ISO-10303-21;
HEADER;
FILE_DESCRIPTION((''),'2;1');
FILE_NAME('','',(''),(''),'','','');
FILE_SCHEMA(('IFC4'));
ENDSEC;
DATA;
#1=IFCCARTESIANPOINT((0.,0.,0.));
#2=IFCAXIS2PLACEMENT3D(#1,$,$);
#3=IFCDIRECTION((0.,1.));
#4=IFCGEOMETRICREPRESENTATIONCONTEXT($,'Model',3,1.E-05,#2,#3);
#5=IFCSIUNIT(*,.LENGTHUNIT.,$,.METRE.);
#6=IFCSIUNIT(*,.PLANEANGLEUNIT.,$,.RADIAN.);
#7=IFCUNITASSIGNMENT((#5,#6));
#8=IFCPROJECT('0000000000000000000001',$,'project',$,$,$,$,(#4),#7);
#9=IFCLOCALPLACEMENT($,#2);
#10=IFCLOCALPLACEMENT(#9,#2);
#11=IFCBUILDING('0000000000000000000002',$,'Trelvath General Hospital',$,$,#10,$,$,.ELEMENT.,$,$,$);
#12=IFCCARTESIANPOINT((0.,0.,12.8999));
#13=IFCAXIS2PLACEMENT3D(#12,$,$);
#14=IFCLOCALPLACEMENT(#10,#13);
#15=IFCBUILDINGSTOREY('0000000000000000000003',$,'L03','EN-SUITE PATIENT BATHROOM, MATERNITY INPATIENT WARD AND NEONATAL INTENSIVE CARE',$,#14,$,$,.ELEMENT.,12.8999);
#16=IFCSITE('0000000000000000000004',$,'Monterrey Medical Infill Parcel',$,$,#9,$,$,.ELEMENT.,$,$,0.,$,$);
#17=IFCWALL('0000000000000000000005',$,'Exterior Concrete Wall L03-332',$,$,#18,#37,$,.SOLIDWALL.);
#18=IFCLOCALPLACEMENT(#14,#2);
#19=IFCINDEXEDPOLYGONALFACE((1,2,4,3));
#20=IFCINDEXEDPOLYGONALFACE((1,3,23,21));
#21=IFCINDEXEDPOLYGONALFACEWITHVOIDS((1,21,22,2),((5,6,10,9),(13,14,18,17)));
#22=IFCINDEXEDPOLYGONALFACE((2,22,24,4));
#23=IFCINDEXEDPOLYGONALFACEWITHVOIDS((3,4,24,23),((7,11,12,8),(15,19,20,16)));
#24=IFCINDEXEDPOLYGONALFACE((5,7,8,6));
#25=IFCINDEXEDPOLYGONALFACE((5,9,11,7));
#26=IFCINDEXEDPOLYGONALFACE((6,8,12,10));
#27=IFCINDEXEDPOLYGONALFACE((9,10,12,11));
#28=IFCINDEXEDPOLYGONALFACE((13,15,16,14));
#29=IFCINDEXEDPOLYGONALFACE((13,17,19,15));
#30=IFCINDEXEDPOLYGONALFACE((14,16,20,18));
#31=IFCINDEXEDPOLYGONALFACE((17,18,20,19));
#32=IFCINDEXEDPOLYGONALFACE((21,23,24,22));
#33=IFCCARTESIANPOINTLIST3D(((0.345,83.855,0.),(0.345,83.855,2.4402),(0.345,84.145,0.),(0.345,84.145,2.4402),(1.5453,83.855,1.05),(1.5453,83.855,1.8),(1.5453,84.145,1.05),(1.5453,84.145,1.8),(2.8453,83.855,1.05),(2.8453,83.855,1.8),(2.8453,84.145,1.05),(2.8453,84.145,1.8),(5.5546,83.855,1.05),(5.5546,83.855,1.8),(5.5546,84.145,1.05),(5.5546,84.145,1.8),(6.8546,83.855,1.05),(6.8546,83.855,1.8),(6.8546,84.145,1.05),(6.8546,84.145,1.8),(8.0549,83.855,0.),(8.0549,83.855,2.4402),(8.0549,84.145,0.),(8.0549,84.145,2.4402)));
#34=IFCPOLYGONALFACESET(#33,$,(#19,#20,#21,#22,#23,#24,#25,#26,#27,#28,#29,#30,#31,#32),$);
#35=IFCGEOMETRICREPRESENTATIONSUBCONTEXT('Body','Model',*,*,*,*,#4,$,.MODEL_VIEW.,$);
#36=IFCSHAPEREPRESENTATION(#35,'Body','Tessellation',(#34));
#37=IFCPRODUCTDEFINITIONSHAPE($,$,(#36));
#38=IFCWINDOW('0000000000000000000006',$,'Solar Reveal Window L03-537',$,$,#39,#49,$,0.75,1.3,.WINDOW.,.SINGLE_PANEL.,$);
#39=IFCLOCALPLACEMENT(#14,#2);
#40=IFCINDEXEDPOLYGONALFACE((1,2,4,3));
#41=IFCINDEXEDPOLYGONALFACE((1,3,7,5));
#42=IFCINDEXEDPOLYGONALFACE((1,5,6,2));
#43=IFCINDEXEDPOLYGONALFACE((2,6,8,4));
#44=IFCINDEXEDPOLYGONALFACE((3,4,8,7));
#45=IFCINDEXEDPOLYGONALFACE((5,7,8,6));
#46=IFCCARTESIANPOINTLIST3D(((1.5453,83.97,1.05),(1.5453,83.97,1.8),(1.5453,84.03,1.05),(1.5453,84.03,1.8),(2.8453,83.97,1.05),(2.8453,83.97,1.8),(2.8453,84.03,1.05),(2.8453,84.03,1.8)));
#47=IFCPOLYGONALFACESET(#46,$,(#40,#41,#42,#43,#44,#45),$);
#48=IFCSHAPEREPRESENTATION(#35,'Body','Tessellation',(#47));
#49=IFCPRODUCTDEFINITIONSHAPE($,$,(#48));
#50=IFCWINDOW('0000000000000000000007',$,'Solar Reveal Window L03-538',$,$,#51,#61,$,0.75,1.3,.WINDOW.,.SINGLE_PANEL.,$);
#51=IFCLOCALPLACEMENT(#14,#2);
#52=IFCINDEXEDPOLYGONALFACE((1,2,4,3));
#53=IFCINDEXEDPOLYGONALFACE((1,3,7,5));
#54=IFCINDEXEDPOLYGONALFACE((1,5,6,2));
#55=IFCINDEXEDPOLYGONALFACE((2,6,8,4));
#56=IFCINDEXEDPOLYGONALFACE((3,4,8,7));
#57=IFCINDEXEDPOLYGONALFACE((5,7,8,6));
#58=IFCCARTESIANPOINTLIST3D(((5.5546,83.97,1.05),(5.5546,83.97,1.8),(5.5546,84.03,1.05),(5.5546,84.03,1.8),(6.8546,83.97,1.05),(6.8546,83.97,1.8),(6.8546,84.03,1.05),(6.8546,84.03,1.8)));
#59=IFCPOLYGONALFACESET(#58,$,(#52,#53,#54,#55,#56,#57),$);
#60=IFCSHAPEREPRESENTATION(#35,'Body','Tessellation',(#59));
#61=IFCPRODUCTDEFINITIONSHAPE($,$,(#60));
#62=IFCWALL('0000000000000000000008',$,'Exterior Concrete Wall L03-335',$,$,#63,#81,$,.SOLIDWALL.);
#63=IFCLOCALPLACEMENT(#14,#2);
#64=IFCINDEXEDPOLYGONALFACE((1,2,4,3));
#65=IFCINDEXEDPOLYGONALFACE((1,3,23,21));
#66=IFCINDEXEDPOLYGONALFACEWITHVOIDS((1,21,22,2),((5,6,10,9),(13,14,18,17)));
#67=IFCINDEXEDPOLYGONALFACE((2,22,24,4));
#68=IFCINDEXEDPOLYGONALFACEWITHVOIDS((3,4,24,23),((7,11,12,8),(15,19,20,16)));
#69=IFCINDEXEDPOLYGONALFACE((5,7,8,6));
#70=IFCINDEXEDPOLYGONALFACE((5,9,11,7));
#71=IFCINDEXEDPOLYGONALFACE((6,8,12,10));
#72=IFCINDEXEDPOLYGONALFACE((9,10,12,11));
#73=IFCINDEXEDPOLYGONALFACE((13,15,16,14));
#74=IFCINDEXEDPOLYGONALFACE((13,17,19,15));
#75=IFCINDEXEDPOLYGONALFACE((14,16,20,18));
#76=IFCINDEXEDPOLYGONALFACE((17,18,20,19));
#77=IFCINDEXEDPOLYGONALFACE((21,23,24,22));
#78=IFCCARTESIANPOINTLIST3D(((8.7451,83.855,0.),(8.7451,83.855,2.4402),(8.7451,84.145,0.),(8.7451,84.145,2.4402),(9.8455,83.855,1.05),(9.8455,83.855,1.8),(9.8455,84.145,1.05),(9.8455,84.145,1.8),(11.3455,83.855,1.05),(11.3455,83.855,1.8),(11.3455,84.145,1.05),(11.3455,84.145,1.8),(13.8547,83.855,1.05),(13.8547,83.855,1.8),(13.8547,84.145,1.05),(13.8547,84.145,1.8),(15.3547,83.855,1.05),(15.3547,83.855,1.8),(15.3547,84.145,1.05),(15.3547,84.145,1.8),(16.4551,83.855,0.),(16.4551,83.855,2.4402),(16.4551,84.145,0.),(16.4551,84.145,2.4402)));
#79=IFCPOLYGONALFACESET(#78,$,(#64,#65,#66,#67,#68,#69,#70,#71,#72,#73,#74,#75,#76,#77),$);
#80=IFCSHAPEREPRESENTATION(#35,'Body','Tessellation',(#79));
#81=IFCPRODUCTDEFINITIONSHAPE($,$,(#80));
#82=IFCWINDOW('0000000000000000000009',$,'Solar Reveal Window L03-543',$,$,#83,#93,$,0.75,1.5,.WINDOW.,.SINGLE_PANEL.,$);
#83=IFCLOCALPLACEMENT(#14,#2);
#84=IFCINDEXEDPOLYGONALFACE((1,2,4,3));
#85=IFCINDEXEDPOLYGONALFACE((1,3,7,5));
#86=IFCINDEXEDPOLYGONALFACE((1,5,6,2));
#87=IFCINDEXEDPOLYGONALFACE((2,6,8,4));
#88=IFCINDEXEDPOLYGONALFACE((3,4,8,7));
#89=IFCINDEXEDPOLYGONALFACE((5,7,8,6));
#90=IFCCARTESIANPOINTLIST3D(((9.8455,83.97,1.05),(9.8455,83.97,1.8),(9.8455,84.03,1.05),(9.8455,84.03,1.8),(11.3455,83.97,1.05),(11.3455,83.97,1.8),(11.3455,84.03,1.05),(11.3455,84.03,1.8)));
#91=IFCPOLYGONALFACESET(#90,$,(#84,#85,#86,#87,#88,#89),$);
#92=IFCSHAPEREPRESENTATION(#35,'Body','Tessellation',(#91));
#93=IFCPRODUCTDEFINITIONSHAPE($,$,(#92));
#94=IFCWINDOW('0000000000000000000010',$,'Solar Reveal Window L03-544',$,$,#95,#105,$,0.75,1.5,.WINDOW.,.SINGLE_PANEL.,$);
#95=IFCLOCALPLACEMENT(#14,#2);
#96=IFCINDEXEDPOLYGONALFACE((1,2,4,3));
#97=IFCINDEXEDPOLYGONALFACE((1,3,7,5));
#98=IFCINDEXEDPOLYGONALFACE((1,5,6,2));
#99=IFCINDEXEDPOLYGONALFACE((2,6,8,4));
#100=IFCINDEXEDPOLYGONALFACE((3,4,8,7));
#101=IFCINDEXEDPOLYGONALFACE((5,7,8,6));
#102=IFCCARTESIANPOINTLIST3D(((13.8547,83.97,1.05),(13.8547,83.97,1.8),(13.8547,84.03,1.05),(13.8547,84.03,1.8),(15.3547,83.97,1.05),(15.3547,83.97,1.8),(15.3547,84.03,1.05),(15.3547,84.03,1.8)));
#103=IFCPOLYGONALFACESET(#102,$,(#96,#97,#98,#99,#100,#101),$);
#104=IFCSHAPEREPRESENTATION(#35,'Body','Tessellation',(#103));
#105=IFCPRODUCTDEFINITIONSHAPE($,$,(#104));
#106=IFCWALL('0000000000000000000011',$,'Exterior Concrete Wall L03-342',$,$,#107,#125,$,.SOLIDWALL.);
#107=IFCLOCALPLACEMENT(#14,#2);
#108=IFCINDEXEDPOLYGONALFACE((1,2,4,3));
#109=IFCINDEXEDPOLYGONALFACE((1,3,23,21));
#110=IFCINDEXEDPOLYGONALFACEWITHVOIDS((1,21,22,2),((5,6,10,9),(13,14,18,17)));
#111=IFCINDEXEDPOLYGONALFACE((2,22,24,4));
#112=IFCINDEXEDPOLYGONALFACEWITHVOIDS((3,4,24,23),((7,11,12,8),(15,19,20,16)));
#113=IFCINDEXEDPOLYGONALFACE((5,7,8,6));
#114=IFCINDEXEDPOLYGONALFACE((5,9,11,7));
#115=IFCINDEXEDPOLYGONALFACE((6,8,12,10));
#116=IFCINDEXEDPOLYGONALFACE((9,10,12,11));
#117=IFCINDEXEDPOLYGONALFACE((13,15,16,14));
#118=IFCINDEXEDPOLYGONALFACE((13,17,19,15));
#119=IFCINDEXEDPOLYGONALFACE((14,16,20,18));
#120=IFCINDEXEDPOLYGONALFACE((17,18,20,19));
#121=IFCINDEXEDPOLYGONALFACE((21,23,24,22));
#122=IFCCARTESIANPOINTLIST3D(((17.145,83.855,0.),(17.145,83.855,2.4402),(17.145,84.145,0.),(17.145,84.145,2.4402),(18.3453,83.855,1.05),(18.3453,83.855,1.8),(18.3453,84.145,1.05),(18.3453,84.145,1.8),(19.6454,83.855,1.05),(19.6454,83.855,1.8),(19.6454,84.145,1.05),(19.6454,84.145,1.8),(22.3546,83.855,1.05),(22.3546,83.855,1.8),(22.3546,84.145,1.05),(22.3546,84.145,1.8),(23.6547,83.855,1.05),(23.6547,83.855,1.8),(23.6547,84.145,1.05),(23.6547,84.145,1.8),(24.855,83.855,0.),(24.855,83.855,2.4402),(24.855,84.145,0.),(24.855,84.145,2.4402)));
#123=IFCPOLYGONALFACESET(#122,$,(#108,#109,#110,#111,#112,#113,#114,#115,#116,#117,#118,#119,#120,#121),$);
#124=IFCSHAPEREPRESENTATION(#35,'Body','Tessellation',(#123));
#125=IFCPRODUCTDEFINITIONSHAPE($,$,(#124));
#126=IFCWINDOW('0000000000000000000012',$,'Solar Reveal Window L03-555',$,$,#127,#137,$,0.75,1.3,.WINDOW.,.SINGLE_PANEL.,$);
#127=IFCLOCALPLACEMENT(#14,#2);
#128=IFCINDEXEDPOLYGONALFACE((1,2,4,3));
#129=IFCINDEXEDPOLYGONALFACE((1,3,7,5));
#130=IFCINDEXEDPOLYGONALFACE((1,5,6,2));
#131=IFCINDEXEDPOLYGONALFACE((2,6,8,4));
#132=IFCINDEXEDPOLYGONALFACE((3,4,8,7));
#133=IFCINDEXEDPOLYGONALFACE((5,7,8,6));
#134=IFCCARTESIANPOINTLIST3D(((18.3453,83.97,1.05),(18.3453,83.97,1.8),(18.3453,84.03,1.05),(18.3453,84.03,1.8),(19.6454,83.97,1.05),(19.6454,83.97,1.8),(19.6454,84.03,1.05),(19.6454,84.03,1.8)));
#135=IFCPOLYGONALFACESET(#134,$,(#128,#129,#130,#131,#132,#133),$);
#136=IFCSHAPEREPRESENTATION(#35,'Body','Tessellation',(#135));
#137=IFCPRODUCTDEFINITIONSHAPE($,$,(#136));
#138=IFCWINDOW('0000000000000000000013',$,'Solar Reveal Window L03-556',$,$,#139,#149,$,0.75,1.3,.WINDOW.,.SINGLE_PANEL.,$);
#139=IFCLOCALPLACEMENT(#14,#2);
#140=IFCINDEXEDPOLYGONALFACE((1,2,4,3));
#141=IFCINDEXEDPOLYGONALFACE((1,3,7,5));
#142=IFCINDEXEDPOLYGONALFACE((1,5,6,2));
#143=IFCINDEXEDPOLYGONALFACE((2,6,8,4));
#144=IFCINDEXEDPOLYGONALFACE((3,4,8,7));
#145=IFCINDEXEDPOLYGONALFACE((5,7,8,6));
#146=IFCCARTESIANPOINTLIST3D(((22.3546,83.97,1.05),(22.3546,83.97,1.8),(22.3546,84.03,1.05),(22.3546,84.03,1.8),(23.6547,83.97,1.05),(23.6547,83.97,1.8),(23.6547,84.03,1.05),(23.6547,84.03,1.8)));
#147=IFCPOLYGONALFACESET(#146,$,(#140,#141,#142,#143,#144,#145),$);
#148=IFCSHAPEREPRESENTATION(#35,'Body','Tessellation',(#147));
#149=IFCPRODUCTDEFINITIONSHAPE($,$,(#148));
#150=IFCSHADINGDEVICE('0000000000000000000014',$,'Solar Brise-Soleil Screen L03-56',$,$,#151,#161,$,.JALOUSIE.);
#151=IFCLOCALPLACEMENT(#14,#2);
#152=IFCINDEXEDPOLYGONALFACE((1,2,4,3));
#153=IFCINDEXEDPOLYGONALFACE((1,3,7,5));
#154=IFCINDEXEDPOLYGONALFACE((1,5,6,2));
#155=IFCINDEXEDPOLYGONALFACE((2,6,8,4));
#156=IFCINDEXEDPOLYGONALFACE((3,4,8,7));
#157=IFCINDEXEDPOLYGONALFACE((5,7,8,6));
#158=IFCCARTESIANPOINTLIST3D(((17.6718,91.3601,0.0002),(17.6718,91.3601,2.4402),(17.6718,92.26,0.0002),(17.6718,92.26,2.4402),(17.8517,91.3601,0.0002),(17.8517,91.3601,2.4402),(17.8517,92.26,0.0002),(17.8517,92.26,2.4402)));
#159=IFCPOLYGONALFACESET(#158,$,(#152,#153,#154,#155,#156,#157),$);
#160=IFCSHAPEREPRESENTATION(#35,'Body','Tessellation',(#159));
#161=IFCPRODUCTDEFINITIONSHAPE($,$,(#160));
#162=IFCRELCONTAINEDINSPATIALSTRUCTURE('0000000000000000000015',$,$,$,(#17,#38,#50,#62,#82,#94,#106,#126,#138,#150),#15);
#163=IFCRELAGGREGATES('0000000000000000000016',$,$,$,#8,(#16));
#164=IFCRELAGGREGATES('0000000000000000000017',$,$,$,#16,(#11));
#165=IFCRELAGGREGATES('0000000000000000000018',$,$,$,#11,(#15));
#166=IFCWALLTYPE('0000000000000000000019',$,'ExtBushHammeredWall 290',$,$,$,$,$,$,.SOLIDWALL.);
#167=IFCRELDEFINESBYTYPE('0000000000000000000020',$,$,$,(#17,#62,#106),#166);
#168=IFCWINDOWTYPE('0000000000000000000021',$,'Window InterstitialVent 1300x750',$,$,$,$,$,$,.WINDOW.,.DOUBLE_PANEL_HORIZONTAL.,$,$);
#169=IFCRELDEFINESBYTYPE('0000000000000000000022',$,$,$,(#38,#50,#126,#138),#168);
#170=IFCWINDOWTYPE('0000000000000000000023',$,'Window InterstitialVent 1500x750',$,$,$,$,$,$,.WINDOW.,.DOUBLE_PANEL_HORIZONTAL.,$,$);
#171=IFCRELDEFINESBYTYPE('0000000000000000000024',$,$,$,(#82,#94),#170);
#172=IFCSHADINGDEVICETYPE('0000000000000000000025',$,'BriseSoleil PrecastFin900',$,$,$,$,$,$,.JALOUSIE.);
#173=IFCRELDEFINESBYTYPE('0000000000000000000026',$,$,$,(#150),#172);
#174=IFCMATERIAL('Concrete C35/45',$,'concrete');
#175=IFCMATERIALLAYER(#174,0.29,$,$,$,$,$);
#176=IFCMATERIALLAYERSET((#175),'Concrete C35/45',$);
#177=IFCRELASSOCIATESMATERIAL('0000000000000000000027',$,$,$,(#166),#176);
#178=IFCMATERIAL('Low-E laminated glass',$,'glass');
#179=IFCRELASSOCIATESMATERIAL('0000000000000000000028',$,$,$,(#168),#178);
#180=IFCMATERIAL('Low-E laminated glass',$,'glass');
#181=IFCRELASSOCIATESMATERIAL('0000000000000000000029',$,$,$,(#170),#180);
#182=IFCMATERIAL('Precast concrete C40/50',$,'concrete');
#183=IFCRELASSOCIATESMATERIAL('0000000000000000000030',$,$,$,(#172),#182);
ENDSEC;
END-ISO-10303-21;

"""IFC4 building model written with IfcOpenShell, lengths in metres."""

from ifc_helpers import new_model, si_unit, direction, frame, frame_2d, origin, origin_2d, place, context, subcontext, project, spatial, rectangle, extrude, material, layer, layer_set, type_object, element, fill, save


model = new_model("IFC4")

# Units and contexts
model_context = context("Model", 3, precision=1e-05, world=origin(), true_north=direction((0.0, 1.0)))
body_context = subcontext(model_context, "Body", "Model", "MODEL_VIEW")
ifc_project = project(units=[si_unit("LENGTHUNIT", "METRE"), si_unit("PLANEANGLEUNIT", "RADIAN")], contexts=[model_context])

# Site, building, storey
site_placement = place(None, origin())
site = spatial("IfcSite", under=ifc_project, at=site_placement, Name="Monterrey Medical Infill Parcel", CompositionType="ELEMENT", RefElevation=0.0)
building_placement = place(site_placement, origin())
building = spatial("IfcBuilding", under=site, at=building_placement, Name="Trelvath General Hospital", CompositionType="ELEMENT")
storey_placement = place(building_placement, frame((0.0, 0.0, 12.8999)))
storey = spatial("IfcBuildingStorey", under=building, at=storey_placement, Name="L03", Description="EN-SUITE PATIENT BATHROOM, MATERNITY INPATIENT WARD AND NEONATAL INTENSIVE CARE", CompositionType="ELEMENT", Elevation=12.8999)

# Walls, openings, windows
ifc_material_1 = material(Name="Concrete C35/45", Category="concrete")
ifc_layer_1 = layer(ifc_material_1, 0.29)
ifc_layer_set_1 = layer_set([ifc_layer_1], Name="Concrete C35/45")
wall_type_1 = type_object("IfcWallType", Name="ExtBushHammeredWall 290", PredefinedType="SOLIDWALL", material=ifc_layer_set_1)
wall_1_placement = place(storey_placement, frame((0.345, 84.0, 0.0), z_axis=(0.0, 0.0, 1.0), x_axis=(1.0, 0.0, 0.0)))
wall_1 = element("IfcWall", 1, at=wall_1_placement, inside=storey, type_object=wall_type_1, Name="Exterior Concrete Wall L03-332", PredefinedType="SOLIDWALL", context=body_context, shape_type="SweptSolid", body=[
    extrude(rectangle(XDim=7.71, YDim=0.29, at=frame_2d((3.855, 0.0))), origin(), (0.0, 0.0, 1.0), 2.4402),
])
opening_1_placement = place(wall_1_placement, frame((1.2004, 0.0, 1.05)))
opening_1 = element("IfcOpeningElement", 2, at=opening_1_placement, cuts=wall_1, PredefinedType="OPENING", context=body_context, shape_type="SweptSolid", body=[
    extrude(rectangle(XDim=1.3, YDim=0.75, at=frame_2d((0.6499, 0.375))), frame((0.0, 0.155, 0.0), z_axis=(0.0, -1.0, 0.0), x_axis=(1.0, 0.0, 0.0)), (0.0, 0.0, 1.0), 0.3101),
])
opening_2_placement = place(wall_1_placement, frame((5.2097, 0.0, 1.05)))
opening_2 = element("IfcOpeningElement", 3, at=opening_2_placement, cuts=wall_1, PredefinedType="OPENING", context=body_context, shape_type="SweptSolid", body=[
    extrude(rectangle(XDim=1.3, YDim=0.75, at=frame_2d((0.6499, 0.375))), frame((0.0, 0.155, 0.0), z_axis=(0.0, -1.0, 0.0), x_axis=(1.0, 0.0, 0.0)), (0.0, 0.0, 1.0), 0.3101),
])
ifc_material_2 = material(Name="Low-E laminated glass", Category="glass")
window_type_1 = type_object("IfcWindowType", Name="Window InterstitialVent 1300x750", PartitioningType="DOUBLE_PANEL_HORIZONTAL", PredefinedType="WINDOW", material=ifc_material_2)
window_1_placement = place(opening_1_placement, origin())
window_1 = element("IfcWindow", 4, at=window_1_placement, inside=storey, type_object=window_type_1, Name="Solar Reveal Window L03-537", OverallHeight=0.75, OverallWidth=1.3, PartitioningType="SINGLE_PANEL", PredefinedType="WINDOW", context=body_context, shape_type="SweptSolid", body=[
    extrude(rectangle(XDim=1.3, YDim=0.75, at=frame_2d((0.6499, 0.375))), frame((0.0, 0.03, 0.0), z_axis=(0.0, -1.0, 0.0), x_axis=(1.0, 0.0, 0.0)), (0.0, 0.0, 1.0), 0.0601),
])
fill(opening_1, window_1)
window_2_placement = place(opening_2_placement, origin())
window_2 = element("IfcWindow", 5, at=window_2_placement, inside=storey, type_object=window_type_1, Name="Solar Reveal Window L03-538", OverallHeight=0.75, OverallWidth=1.3, PartitioningType="SINGLE_PANEL", PredefinedType="WINDOW", context=body_context, shape_type="SweptSolid", body=[
    extrude(rectangle(XDim=1.3, YDim=0.75, at=frame_2d((0.6499, 0.375))), frame((0.0, 0.03, 0.0), z_axis=(0.0, -1.0, 0.0), x_axis=(1.0, 0.0, 0.0)), (0.0, 0.0, 1.0), 0.0601),
])
fill(opening_2, window_2)
wall_2_placement = place(storey_placement, frame((8.7451, 84.0, 0.0), z_axis=(0.0, 0.0, 1.0), x_axis=(1.0, 0.0, 0.0)))
wall_2 = element("IfcWall", 6, at=wall_2_placement, inside=storey, type_object=wall_type_1, Name="Exterior Concrete Wall L03-335", PredefinedType="SOLIDWALL", context=body_context, shape_type="SweptSolid", body=[
    extrude(rectangle(XDim=7.71, YDim=0.29, at=frame_2d((3.855, 0.0))), origin(), (0.0, 0.0, 1.0), 2.4402),
])
opening_3_placement = place(wall_2_placement, frame((1.1003, 0.0, 1.05)))
opening_3 = element("IfcOpeningElement", 7, at=opening_3_placement, cuts=wall_2, PredefinedType="OPENING", context=body_context, shape_type="SweptSolid", body=[
    extrude(rectangle(XDim=1.5, YDim=0.75, at=frame_2d((0.75, 0.375))), frame((0.0, 0.155, 0.0), z_axis=(0.0, -1.0, 0.0), x_axis=(1.0, 0.0, 0.0)), (0.0, 0.0, 1.0), 0.3101),
])
opening_4_placement = place(wall_2_placement, frame((5.1096, 0.0, 1.05)))
opening_4 = element("IfcOpeningElement", 8, at=opening_4_placement, cuts=wall_2, PredefinedType="OPENING", context=body_context, shape_type="SweptSolid", body=[
    extrude(rectangle(XDim=1.5, YDim=0.75, at=frame_2d((0.75, 0.375))), frame((0.0, 0.155, 0.0), z_axis=(0.0, -1.0, 0.0), x_axis=(1.0, 0.0, 0.0)), (0.0, 0.0, 1.0), 0.3101),
])
ifc_material_3 = material(Name="Low-E laminated glass", Category="glass")
window_type_2 = type_object("IfcWindowType", Name="Window InterstitialVent 1500x750", PartitioningType="DOUBLE_PANEL_HORIZONTAL", PredefinedType="WINDOW", material=ifc_material_3)
window_3_placement = place(opening_3_placement, origin())
window_3 = element("IfcWindow", 9, at=window_3_placement, inside=storey, type_object=window_type_2, Name="Solar Reveal Window L03-543", OverallHeight=0.75, OverallWidth=1.5, PartitioningType="SINGLE_PANEL", PredefinedType="WINDOW", context=body_context, shape_type="SweptSolid", body=[
    extrude(rectangle(XDim=1.5, YDim=0.75, at=frame_2d((0.75, 0.375))), frame((0.0, 0.03, 0.0), z_axis=(0.0, -1.0, 0.0), x_axis=(1.0, 0.0, 0.0)), (0.0, 0.0, 1.0), 0.0601),
])
fill(opening_3, window_3)
window_4_placement = place(opening_4_placement, origin())
window_4 = element("IfcWindow", 10, at=window_4_placement, inside=storey, type_object=window_type_2, Name="Solar Reveal Window L03-544", OverallHeight=0.75, OverallWidth=1.5, PartitioningType="SINGLE_PANEL", PredefinedType="WINDOW", context=body_context, shape_type="SweptSolid", body=[
    extrude(rectangle(XDim=1.5, YDim=0.75, at=frame_2d((0.75, 0.375))), frame((0.0, 0.03, 0.0), z_axis=(0.0, -1.0, 0.0), x_axis=(1.0, 0.0, 0.0)), (0.0, 0.0, 1.0), 0.0601),
])
fill(opening_4, window_4)
wall_3_placement = place(storey_placement, frame((17.145, 84.0, 0.0), z_axis=(0.0, 0.0, 1.0), x_axis=(1.0, 0.0, 0.0)))
wall_3 = element("IfcWall", 11, at=wall_3_placement, inside=storey, type_object=wall_type_1, Name="Exterior Concrete Wall L03-342", PredefinedType="SOLIDWALL", context=body_context, shape_type="SweptSolid", body=[
    extrude(rectangle(XDim=7.71, YDim=0.29, at=frame_2d((3.855, 0.0))), origin(), (0.0, 0.0, 1.0), 2.4402),
])
opening_5_placement = place(wall_3_placement, frame((1.2004, 0.0, 1.05)))
opening_5 = element("IfcOpeningElement", 12, at=opening_5_placement, cuts=wall_3, PredefinedType="OPENING", context=body_context, shape_type="SweptSolid", body=[
    extrude(rectangle(XDim=1.3, YDim=0.75, at=frame_2d((0.6499, 0.375))), frame((0.0, 0.155, 0.0), z_axis=(0.0, -1.0, 0.0), x_axis=(1.0, 0.0, 0.0)), (0.0, 0.0, 1.0), 0.3101),
])
opening_6_placement = place(wall_3_placement, frame((5.2097, 0.0, 1.05)))
opening_6 = element("IfcOpeningElement", 13, at=opening_6_placement, cuts=wall_3, PredefinedType="OPENING", context=body_context, shape_type="SweptSolid", body=[
    extrude(rectangle(XDim=1.3, YDim=0.75, at=frame_2d((0.6499, 0.375))), frame((0.0, 0.155, 0.0), z_axis=(0.0, -1.0, 0.0), x_axis=(1.0, 0.0, 0.0)), (0.0, 0.0, 1.0), 0.3101),
])
window_5_placement = place(opening_5_placement, origin())
window_5 = element("IfcWindow", 14, at=window_5_placement, inside=storey, type_object=window_type_1, Name="Solar Reveal Window L03-555", OverallHeight=0.75, OverallWidth=1.3, PartitioningType="SINGLE_PANEL", PredefinedType="WINDOW", context=body_context, shape_type="SweptSolid", body=[
    extrude(rectangle(XDim=1.3, YDim=0.75, at=frame_2d((0.6499, 0.375))), frame((0.0, 0.03, 0.0), z_axis=(0.0, -1.0, 0.0), x_axis=(1.0, 0.0, 0.0)), (0.0, 0.0, 1.0), 0.0601),
])
fill(opening_5, window_5)
window_6_placement = place(opening_6_placement, origin())
window_6 = element("IfcWindow", 15, at=window_6_placement, inside=storey, type_object=window_type_1, Name="Solar Reveal Window L03-556", OverallHeight=0.75, OverallWidth=1.3, PartitioningType="SINGLE_PANEL", PredefinedType="WINDOW", context=body_context, shape_type="SweptSolid", body=[
    extrude(rectangle(XDim=1.3, YDim=0.75, at=frame_2d((0.6499, 0.375))), frame((0.0, 0.03, 0.0), z_axis=(0.0, -1.0, 0.0), x_axis=(1.0, 0.0, 0.0)), (0.0, 0.0, 1.0), 0.0601),
])
fill(opening_6, window_6)

# Shading device
ifc_material_4 = material(Name="Precast concrete C40/50", Category="concrete")
shading_device_type_1 = type_object("IfcShadingDeviceType", Name="BriseSoleil PrecastFin900", PredefinedType="JALOUSIE", material=ifc_material_4)
shading_device_placement = place(storey_placement, frame((17.7617, 91.8101, 0.0002), z_axis=(0.0, 0.0, 1.0), x_axis=(0.0, -1.0, 0.0)))
element("IfcShadingDevice", 16, at=shading_device_placement, inside=storey, type_object=shading_device_type_1, Name="Solar Brise-Soleil Screen L03-56", PredefinedType="JALOUSIE", context=body_context, shape_type="SweptSolid", body=[
    extrude(rectangle(XDim=0.8999, YDim=0.1799, at=origin_2d()), origin(), (0.0, 0.0, 1.0), 2.4399),
])

save(model, "model.ifc")
